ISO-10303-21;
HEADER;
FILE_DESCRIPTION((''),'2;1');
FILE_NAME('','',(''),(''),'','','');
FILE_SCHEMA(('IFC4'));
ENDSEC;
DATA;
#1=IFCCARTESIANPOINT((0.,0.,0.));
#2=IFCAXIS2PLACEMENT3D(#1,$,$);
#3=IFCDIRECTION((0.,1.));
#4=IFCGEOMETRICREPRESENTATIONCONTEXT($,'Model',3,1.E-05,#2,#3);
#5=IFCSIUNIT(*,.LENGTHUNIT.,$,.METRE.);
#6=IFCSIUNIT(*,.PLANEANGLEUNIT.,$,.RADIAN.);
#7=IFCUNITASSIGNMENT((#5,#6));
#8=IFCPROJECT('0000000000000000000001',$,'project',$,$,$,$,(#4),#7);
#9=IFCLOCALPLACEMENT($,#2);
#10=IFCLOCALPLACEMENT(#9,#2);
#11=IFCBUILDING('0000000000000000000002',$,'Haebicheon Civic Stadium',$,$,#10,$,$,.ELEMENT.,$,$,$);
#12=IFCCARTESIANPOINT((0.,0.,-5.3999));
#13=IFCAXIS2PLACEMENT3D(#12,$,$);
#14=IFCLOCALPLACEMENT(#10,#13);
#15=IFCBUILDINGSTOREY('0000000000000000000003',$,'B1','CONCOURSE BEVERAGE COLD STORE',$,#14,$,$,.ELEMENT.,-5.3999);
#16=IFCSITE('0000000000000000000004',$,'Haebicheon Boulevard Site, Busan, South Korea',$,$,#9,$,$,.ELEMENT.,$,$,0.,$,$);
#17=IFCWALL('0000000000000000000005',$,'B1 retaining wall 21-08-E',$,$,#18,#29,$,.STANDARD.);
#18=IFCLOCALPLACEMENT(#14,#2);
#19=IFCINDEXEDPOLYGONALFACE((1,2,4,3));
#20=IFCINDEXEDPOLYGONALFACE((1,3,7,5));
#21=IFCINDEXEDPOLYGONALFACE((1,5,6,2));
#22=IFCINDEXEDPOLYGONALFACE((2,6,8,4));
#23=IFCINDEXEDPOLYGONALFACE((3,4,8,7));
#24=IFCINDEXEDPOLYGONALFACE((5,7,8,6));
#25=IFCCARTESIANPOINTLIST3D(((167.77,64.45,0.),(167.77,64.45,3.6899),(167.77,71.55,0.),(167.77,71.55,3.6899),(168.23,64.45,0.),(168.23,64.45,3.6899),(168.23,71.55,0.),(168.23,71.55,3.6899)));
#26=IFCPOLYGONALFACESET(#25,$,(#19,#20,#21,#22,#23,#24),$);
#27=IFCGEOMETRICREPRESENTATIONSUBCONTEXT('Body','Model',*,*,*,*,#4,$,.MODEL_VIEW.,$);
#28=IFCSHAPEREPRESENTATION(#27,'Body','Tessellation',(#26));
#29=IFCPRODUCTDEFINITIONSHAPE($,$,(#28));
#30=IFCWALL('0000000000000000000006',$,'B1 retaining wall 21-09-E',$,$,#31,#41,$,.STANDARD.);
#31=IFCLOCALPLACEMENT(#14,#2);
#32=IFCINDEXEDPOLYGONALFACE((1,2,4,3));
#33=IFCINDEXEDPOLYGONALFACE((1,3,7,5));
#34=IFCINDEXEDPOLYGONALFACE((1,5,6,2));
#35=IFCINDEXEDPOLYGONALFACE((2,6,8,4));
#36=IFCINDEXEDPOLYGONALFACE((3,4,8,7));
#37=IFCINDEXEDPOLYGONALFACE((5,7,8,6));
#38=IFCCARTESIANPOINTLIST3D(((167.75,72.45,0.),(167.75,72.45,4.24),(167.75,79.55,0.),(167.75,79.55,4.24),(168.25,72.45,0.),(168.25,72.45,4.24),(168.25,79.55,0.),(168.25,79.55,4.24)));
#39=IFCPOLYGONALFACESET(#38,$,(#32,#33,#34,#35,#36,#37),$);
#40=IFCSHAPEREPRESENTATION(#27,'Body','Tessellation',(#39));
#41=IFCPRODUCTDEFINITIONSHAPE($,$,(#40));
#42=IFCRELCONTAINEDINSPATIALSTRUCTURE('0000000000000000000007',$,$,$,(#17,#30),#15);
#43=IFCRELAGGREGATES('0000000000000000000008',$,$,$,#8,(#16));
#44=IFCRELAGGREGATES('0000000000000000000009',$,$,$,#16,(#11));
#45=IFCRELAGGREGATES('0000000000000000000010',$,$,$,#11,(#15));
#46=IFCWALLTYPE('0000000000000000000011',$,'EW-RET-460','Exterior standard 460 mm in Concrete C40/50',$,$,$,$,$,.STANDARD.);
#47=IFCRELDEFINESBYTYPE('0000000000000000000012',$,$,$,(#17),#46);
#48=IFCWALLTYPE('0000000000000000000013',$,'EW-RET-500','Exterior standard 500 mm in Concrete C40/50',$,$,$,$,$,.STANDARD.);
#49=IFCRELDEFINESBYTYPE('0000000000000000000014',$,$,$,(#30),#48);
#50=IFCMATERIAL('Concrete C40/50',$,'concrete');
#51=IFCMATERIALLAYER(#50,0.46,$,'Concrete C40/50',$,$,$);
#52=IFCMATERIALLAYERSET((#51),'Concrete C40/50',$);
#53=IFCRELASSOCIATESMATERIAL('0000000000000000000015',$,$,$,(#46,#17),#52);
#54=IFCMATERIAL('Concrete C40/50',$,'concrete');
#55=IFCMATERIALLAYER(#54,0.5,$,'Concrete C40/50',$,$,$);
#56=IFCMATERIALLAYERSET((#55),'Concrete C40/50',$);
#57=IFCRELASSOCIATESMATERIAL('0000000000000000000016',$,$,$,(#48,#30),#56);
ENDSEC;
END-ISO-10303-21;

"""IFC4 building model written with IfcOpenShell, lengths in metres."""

from ifc_helpers import new_model, si_unit, direction, frame, frame_2d, origin, place, context, subcontext, project, spatial, rectangle, extrude, material, layer, layer_set, type_object, element, save


model = new_model("IFC4")

# Units and contexts
model_context = context("Model", 3, precision=1e-05, world=origin(), true_north=direction((0.0, 1.0)))
body_context = subcontext(model_context, "Body", "Model", "MODEL_VIEW")
ifc_project = project(units=[si_unit("LENGTHUNIT", "METRE"), si_unit("PLANEANGLEUNIT", "RADIAN")], contexts=[model_context])

# Site, building, storey
site_placement = place(None, origin())
site = spatial("IfcSite", under=ifc_project, at=site_placement, Name="Haebicheon Boulevard Site, Busan, South Korea", CompositionType="ELEMENT", RefElevation=0.0)
building_placement = place(site_placement, origin())
building = spatial("IfcBuilding", under=site, at=building_placement, Name="Haebicheon Civic Stadium", CompositionType="ELEMENT")
storey_placement = place(building_placement, frame((0.0, 0.0, -5.3999)))
storey = spatial("IfcBuildingStorey", under=building, at=storey_placement, Name="B1", Description="CONCOURSE BEVERAGE COLD STORE", CompositionType="ELEMENT", Elevation=-5.3999)

# Walls
ifc_material_1 = material(Name="Concrete C40/50", Category="concrete")
ifc_layer_1 = layer(ifc_material_1, 0.46, Name="Concrete C40/50")
ifc_layer_set_1 = layer_set([ifc_layer_1], Name="Concrete C40/50")
wall_type_1 = type_object("IfcWallType", Name="EW-RET-460", Description="Exterior standard 460 mm in Concrete C40/50", PredefinedType="STANDARD", material=ifc_layer_set_1)
wall_1_placement = place(storey_placement, frame((168.0, 64.45, 0.0), z_axis=(0.0, 0.0, 1.0), x_axis=(0.0, 1.0, 0.0)))
element("IfcWall", 1, at=wall_1_placement, inside=storey, type_object=wall_type_1, material=ifc_layer_set_1, Name="B1 retaining wall 21-08-E", PredefinedType="STANDARD", context=body_context, shape_type="SweptSolid", body=[
    extrude(rectangle(XDim=7.1001, YDim=0.46, at=frame_2d((3.55, 0.0))), origin(), (0.0, 0.0, 1.0), 3.6899),
])
ifc_material_2 = material(Name="Concrete C40/50", Category="concrete")
ifc_layer_2 = layer(ifc_material_2, 0.5, Name="Concrete C40/50")
ifc_layer_set_2 = layer_set([ifc_layer_2], Name="Concrete C40/50")
wall_type_2 = type_object("IfcWallType", Name="EW-RET-500", Description="Exterior standard 500 mm in Concrete C40/50", PredefinedType="STANDARD", material=ifc_layer_set_2)
wall_2_placement = place(storey_placement, frame((168.0, 72.45, 0.0), z_axis=(0.0, 0.0, 1.0), x_axis=(0.0, 1.0, 0.0)))
element("IfcWall", 2, at=wall_2_placement, inside=storey, type_object=wall_type_2, material=ifc_layer_set_2, Name="B1 retaining wall 21-09-E", PredefinedType="STANDARD", context=body_context, shape_type="SweptSolid", body=[
    extrude(rectangle(XDim=7.1001, YDim=0.5, at=frame_2d((3.55, 0.0))), origin(), (0.0, 0.0, 1.0), 4.24),
])

save(model, "model.ifc")
